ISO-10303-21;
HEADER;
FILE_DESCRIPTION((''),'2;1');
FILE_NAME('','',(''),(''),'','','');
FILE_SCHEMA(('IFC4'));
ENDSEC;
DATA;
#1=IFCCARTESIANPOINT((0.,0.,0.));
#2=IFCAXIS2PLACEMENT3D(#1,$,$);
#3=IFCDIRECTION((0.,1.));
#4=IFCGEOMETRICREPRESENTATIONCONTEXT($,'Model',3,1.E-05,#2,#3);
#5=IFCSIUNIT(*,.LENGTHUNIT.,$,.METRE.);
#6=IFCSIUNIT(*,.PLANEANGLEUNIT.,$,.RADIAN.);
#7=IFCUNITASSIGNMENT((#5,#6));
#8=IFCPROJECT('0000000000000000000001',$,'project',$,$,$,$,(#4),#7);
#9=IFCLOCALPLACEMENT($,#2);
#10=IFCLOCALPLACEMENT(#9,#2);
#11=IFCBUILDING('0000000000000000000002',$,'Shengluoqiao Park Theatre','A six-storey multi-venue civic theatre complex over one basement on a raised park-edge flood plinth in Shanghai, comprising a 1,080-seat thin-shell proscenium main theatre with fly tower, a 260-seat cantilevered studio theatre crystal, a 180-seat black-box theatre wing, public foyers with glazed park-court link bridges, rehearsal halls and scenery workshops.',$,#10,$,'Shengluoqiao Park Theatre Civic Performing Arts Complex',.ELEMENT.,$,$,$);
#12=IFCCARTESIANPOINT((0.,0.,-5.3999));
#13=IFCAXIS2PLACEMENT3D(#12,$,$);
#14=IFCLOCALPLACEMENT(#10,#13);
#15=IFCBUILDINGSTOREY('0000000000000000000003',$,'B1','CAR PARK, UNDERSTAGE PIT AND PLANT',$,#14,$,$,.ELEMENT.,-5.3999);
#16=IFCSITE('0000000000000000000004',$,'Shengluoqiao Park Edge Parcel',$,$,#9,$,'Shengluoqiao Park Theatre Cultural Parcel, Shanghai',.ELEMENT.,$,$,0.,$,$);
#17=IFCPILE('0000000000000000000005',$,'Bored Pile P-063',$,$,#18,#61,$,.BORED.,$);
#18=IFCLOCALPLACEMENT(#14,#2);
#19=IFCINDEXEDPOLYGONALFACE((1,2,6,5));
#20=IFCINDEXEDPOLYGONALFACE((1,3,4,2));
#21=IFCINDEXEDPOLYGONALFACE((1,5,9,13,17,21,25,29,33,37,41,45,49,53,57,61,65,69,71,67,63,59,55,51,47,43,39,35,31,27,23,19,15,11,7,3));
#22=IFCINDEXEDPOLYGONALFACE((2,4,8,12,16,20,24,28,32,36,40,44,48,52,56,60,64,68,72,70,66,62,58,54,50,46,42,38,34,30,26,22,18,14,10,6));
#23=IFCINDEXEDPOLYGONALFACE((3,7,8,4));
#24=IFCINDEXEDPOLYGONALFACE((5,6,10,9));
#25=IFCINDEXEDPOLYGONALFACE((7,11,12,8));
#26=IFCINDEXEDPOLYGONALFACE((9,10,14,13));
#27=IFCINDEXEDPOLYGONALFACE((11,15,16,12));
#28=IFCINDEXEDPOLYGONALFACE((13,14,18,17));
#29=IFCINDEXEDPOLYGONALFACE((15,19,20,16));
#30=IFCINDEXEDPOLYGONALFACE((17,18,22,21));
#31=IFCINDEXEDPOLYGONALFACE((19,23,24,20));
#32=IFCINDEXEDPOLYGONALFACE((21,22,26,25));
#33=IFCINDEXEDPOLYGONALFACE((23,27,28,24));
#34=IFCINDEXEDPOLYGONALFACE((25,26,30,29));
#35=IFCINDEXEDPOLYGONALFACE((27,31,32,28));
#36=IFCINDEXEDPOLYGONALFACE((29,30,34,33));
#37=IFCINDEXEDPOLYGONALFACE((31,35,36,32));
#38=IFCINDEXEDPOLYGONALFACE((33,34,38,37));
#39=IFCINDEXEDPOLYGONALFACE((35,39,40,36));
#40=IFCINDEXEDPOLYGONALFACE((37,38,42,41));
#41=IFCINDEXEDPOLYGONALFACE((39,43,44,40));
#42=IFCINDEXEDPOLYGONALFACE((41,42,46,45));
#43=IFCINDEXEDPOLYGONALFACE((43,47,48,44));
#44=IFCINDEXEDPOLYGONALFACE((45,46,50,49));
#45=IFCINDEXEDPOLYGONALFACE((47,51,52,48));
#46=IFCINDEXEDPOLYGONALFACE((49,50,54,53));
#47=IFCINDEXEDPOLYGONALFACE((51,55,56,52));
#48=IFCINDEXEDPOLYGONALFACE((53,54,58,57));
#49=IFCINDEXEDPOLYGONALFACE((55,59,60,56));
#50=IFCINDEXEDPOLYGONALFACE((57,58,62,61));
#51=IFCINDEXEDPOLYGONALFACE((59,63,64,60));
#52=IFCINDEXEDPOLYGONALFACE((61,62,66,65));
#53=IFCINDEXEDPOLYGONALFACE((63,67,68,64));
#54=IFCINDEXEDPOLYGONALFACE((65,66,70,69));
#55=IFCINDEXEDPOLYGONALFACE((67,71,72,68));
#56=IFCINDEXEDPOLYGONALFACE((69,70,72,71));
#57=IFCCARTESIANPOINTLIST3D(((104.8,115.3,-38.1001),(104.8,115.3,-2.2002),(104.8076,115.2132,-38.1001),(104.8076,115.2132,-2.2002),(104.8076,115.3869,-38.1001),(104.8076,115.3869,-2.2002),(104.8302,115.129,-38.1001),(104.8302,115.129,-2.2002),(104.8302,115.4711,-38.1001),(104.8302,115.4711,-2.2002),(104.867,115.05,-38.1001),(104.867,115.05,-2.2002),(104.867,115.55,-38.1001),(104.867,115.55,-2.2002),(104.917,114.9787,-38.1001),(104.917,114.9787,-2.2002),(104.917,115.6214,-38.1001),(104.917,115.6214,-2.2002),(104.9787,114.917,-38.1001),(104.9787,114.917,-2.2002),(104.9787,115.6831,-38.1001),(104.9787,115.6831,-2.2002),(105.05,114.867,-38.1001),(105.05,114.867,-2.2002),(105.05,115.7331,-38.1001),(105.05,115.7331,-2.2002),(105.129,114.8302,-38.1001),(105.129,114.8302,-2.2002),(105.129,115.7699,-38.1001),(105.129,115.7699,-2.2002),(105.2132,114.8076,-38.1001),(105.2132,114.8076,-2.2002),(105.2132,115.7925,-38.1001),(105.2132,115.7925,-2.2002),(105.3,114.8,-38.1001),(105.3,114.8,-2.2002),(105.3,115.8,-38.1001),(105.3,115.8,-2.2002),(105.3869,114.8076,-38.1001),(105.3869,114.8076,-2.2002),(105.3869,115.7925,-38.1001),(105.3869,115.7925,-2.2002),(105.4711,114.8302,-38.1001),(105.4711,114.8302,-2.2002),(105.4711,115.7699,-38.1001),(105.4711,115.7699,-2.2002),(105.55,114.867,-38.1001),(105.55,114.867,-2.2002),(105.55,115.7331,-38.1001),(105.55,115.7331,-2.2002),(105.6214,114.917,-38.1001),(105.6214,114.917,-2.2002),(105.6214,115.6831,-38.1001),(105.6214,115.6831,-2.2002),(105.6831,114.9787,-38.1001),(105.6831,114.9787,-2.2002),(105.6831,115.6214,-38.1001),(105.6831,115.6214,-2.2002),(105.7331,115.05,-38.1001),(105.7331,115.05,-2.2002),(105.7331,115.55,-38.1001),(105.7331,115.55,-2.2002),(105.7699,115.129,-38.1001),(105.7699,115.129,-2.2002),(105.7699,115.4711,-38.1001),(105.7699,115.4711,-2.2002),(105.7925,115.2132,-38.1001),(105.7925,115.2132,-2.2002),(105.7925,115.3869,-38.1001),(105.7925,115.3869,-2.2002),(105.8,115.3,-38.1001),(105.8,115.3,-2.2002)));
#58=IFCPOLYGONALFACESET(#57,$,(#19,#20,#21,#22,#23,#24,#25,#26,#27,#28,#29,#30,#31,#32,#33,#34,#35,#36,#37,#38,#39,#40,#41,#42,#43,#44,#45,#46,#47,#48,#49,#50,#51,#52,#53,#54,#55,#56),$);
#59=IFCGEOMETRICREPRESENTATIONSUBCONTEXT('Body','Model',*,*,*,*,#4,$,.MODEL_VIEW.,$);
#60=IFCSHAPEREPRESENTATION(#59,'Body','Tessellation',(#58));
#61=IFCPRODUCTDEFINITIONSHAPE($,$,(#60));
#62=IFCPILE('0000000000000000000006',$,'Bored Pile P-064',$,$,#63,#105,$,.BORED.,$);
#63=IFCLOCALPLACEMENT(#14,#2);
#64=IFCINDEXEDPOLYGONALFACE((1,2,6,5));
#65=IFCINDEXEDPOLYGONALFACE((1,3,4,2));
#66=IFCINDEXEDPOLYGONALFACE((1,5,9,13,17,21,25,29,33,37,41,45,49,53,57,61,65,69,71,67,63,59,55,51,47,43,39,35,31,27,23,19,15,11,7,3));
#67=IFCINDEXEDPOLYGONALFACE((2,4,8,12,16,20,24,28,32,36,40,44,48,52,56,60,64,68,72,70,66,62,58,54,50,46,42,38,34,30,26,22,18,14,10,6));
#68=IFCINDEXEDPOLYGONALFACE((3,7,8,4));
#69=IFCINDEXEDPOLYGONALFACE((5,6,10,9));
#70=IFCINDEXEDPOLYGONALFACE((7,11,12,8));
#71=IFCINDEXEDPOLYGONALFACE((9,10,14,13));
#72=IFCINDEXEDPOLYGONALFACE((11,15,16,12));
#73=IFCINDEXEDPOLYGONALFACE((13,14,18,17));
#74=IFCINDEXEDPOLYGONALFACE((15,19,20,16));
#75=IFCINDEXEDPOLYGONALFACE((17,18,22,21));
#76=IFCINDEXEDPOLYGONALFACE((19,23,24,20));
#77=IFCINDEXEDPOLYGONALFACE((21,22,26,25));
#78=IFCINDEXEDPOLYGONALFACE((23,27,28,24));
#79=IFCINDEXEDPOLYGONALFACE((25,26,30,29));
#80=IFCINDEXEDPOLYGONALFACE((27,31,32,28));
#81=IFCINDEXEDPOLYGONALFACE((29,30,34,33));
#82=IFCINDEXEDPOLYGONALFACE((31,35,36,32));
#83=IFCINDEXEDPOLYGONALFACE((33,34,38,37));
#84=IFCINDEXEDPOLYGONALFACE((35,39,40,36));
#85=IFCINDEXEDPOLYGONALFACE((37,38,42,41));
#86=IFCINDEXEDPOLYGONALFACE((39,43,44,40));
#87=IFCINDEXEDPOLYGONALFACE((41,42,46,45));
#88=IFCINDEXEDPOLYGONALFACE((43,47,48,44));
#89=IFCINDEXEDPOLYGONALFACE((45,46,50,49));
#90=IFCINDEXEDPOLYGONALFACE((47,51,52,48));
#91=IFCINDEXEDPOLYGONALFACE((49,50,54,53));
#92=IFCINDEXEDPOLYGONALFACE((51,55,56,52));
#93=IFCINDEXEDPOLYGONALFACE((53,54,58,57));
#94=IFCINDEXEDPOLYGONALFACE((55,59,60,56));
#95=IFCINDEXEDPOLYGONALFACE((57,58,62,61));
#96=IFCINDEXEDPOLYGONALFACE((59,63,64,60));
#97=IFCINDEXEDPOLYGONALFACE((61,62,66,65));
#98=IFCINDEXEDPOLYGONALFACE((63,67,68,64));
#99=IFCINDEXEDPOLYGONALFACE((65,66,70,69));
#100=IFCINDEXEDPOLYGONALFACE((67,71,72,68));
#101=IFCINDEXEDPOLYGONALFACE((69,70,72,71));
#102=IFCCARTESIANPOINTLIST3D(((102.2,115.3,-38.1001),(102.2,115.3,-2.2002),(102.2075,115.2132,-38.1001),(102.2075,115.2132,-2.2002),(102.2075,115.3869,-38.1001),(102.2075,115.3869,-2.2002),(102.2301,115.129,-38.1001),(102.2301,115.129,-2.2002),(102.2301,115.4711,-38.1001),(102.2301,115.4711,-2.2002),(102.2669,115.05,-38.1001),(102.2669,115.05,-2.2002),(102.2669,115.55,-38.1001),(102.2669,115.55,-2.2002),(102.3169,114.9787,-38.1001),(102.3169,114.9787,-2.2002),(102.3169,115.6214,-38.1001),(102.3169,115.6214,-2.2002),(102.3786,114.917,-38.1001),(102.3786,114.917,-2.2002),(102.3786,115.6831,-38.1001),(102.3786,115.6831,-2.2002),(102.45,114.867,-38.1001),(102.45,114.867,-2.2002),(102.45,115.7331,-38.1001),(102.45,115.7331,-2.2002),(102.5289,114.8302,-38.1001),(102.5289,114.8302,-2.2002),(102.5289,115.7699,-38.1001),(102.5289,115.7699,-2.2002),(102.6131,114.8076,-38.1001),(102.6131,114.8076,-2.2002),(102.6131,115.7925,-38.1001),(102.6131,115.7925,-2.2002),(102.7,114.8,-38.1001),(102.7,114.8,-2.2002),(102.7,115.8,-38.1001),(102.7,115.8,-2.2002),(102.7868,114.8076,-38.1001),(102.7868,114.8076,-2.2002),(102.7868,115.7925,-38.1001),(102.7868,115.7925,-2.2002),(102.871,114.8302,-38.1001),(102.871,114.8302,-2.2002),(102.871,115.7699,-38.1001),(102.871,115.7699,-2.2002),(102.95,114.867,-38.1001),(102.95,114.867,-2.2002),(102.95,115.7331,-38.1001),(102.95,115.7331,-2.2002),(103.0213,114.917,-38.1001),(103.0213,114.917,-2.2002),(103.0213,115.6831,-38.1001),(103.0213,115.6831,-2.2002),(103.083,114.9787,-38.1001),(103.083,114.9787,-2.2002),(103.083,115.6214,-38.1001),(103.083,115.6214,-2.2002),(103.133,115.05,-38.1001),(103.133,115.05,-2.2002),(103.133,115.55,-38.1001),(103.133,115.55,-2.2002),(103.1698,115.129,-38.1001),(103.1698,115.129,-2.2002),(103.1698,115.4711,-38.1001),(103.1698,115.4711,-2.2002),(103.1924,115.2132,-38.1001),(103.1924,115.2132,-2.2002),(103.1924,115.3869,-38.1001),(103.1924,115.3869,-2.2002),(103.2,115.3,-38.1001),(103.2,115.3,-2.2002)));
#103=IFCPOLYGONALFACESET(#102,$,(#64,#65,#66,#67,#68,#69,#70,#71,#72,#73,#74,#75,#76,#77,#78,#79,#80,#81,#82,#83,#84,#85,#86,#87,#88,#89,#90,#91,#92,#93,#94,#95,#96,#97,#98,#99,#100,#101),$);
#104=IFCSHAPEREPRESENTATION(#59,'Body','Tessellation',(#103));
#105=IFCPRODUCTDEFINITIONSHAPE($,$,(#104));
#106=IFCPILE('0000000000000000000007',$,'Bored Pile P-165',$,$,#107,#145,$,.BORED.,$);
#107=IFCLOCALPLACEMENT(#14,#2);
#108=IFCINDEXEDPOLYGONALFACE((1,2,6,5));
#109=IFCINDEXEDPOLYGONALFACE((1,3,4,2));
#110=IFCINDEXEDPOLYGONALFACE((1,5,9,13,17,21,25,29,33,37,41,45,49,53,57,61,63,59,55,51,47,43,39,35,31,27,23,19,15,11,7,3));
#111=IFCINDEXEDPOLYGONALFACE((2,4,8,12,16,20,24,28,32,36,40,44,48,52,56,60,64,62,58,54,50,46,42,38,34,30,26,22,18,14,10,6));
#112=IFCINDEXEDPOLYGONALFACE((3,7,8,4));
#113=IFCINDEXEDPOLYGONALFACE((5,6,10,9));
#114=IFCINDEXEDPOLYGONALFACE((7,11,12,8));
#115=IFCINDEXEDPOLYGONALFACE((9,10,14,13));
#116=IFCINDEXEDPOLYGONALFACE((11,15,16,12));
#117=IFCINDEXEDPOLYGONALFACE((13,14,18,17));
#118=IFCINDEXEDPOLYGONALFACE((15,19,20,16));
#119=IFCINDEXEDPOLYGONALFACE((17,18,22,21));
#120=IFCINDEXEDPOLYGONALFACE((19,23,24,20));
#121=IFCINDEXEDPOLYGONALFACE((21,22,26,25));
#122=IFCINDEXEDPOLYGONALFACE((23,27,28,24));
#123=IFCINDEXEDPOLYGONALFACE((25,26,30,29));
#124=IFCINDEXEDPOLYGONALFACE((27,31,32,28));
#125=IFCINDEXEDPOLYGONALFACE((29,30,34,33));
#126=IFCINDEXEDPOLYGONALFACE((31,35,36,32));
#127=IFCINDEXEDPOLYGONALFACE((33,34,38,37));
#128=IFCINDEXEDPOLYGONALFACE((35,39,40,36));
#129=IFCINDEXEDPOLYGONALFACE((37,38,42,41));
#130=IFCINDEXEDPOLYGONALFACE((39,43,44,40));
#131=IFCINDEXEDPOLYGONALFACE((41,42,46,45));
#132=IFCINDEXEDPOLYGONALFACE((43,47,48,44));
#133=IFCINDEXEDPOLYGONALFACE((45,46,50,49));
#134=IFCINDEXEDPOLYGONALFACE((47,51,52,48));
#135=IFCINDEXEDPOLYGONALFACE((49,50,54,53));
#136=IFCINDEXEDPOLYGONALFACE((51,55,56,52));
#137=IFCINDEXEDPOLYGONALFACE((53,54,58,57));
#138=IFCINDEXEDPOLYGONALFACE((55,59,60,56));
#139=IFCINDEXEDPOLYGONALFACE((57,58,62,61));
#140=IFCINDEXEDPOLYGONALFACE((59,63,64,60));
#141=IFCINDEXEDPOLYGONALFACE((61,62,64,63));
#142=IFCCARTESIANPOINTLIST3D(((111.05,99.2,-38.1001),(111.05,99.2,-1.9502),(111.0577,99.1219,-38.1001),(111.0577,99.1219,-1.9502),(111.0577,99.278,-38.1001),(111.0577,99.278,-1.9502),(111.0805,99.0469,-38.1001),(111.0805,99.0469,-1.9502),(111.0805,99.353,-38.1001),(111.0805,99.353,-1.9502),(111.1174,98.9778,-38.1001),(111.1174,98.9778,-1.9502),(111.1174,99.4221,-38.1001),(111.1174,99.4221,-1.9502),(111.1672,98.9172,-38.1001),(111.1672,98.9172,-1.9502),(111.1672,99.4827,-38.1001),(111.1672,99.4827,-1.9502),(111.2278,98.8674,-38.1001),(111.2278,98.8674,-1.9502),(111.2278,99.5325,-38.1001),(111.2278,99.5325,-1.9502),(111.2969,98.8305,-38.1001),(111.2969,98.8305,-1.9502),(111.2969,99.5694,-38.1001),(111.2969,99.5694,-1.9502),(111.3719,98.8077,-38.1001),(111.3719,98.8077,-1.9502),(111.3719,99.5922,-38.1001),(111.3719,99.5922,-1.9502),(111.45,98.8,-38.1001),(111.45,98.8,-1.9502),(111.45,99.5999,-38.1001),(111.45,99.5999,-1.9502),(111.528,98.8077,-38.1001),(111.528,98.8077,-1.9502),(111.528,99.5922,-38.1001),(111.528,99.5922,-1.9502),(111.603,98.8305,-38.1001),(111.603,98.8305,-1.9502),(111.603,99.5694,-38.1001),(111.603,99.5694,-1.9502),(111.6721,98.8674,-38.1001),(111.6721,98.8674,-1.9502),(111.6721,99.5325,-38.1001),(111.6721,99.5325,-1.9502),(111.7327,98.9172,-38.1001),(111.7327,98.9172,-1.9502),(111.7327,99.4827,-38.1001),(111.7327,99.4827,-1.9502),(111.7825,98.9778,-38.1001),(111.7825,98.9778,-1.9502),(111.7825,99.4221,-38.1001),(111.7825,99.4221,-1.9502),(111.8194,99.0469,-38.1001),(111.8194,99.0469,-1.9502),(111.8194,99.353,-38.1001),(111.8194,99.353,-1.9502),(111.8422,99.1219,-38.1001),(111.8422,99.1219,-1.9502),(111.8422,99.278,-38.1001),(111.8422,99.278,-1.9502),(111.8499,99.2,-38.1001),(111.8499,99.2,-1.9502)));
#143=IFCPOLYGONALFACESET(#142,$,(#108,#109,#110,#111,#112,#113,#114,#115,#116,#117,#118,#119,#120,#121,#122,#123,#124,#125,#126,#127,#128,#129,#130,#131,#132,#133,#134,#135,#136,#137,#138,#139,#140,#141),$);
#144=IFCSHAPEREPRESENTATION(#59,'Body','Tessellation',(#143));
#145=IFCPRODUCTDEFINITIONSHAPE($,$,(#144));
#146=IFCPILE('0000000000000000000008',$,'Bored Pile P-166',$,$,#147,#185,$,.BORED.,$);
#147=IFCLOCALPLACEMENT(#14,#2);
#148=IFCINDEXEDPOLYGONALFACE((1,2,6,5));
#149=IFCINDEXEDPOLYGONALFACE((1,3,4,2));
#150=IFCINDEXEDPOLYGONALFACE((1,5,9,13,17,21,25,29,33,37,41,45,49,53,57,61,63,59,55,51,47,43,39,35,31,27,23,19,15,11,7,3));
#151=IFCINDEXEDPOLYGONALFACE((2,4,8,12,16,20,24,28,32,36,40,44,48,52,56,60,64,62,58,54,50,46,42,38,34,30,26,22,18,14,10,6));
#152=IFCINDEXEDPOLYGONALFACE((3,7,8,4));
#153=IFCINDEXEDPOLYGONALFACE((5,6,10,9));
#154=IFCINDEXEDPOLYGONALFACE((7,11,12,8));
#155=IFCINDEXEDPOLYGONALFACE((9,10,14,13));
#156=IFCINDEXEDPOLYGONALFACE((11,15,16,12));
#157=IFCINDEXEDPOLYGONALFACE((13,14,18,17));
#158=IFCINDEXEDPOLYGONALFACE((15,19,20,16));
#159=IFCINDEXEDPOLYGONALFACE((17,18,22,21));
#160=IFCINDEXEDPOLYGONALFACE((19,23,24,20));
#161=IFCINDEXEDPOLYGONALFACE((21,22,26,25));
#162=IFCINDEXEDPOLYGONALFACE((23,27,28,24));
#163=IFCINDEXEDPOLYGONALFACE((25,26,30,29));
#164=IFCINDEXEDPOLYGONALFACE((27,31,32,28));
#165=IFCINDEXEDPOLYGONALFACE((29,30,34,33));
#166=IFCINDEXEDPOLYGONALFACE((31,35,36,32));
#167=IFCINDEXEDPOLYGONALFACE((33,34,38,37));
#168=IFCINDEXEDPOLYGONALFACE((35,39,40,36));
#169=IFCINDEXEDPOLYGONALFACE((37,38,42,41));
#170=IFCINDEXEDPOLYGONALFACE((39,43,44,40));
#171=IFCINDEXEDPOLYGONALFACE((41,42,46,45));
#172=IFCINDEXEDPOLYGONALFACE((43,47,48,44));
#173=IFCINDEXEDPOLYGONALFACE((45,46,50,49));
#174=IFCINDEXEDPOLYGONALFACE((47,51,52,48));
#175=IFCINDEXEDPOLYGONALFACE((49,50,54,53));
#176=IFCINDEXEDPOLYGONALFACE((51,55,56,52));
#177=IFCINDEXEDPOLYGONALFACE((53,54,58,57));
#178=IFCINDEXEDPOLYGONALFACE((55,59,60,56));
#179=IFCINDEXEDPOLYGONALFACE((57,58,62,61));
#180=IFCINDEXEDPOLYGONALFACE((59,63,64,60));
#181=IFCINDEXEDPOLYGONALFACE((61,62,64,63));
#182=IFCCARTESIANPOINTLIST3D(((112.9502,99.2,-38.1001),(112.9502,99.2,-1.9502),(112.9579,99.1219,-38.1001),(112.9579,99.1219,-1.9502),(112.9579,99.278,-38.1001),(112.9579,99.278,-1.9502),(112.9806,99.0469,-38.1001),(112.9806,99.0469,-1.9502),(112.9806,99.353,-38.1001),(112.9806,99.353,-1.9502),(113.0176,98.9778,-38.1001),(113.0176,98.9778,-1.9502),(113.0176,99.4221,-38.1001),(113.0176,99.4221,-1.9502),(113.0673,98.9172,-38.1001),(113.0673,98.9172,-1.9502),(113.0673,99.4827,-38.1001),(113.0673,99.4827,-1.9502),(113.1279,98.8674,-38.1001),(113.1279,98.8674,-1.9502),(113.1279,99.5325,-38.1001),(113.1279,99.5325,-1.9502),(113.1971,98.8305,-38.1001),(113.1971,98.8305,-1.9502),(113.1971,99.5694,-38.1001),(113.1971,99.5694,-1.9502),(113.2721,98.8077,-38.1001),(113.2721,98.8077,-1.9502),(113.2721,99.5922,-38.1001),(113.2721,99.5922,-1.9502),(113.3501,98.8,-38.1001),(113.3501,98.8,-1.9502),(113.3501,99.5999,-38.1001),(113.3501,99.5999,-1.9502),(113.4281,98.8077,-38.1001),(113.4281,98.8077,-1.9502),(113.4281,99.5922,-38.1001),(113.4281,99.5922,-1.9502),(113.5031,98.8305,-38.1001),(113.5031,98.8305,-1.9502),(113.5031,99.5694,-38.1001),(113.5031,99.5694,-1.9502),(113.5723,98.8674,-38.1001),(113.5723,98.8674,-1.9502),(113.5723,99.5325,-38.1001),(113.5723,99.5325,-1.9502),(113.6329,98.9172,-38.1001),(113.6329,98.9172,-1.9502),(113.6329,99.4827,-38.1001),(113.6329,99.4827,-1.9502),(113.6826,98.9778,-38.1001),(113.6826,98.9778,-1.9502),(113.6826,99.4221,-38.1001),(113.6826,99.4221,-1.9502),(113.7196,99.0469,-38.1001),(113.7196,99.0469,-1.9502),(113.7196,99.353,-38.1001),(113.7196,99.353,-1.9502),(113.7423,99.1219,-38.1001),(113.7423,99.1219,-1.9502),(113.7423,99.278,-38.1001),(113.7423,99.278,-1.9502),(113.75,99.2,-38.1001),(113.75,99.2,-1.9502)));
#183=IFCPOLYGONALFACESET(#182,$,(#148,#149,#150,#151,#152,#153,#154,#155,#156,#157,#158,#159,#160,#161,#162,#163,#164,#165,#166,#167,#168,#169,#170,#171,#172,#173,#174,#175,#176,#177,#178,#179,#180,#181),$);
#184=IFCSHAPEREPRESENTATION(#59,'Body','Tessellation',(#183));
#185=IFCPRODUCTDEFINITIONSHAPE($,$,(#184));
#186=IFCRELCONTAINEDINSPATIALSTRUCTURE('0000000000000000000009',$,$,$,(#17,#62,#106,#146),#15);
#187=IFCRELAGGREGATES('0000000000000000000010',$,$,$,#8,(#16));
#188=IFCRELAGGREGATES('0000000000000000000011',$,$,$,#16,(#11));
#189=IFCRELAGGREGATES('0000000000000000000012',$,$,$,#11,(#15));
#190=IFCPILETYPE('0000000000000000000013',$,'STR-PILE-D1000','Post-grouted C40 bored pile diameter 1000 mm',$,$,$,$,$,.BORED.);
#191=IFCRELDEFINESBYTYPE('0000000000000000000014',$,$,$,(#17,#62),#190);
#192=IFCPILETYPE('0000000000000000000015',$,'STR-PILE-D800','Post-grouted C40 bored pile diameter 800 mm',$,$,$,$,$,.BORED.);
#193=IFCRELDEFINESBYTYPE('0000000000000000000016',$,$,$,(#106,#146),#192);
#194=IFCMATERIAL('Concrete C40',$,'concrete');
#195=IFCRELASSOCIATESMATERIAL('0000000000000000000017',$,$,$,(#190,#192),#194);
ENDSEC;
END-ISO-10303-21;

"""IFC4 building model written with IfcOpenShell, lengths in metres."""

from ifc_helpers import new_model, si_unit, direction, frame, origin, origin_2d, place, context, subcontext, project, spatial, circle, extrude, material, material_profile, profile_set, type_object, element, save


model = new_model("IFC4")

# Units and contexts
model_context = context("Model", 3, precision=1e-05, world=origin(), true_north=direction((0.0, 1.0)))
body_context = subcontext(model_context, "Body", "Model", "MODEL_VIEW")
ifc_project = project(units=[si_unit("LENGTHUNIT", "METRE"), si_unit("PLANEANGLEUNIT", "RADIAN")], contexts=[model_context])

# Site, building, storey
site_placement = place(None, origin())
site = spatial("IfcSite", under=ifc_project, at=site_placement, Name="Shengluoqiao Park Edge Parcel", LongName="Shengluoqiao Park Theatre Cultural Parcel, Shanghai", CompositionType="ELEMENT", RefElevation=0.0)
building_placement = place(site_placement, origin())
building = spatial("IfcBuilding", under=site, at=building_placement, Name="Shengluoqiao Park Theatre", Description="A six-storey multi-venue civic theatre complex over one basement on a raised park-edge flood plinth in Shanghai, comprising a 1,080-seat thin-shell proscenium main theatre with fly tower, a 260-seat cantilevered studio theatre crystal, a 180-seat black-box theatre wing, public foyers with glazed park-court link bridges, rehearsal halls and scenery workshops.", LongName="Shengluoqiao Park Theatre Civic Performing Arts Complex", CompositionType="ELEMENT")
storey_placement = place(building_placement, frame((0.0, 0.0, -5.3999)))
storey = spatial("IfcBuildingStorey", under=building, at=storey_placement, Name="B1", Description="CAR PARK, UNDERSTAGE PIT AND PLANT", CompositionType="ELEMENT", Elevation=-5.3999)

# Shared definitions
ifc_material_1 = material(Name="Concrete C40", Category="concrete")

# Piles
ifc_material_profile_1 = material_profile(ifc_material_1, circle(Radius=0.5, at=origin_2d()), Name="BORED PILE D1000")
ifc_profile_set_1 = profile_set([ifc_material_profile_1], Name="Concrete C40")
pile_type_1 = type_object("IfcPileType", Name="STR-PILE-D1000", Description="Post-grouted C40 bored pile diameter 1000 mm", PredefinedType="BORED", material=ifc_profile_set_1)
for number, where, z_axis, x_axis, name in (
    (1, (105.3, 115.3, -2.2002), (0.0, 0.0, -1.0), (1.0, 0.0, 0.0), "Bored Pile P-063"),
    (2, (102.7, 115.3, -2.2002), (0.0, 0.0, -1.0), (1.0, 0.0, 0.0), "Bored Pile P-064"),
):
    element("IfcPile", number, at=place(storey_placement, frame(where, z_axis=z_axis, x_axis=x_axis)), inside=storey, type_object=pile_type_1, Name=name, PredefinedType="BORED", context=body_context, shape_type="SweptSolid", body=[
        extrude(circle(Radius=0.5, at=origin_2d()), origin(), (0.0, 0.0, 1.0), 35.8999),
    ])
ifc_material_profile_2 = material_profile(ifc_material_1, circle(Radius=0.3999, at=origin_2d()), Name="BORED PILE D800")
ifc_profile_set_2 = profile_set([ifc_material_profile_2], Name="Concrete C40")
pile_type_2 = type_object("IfcPileType", Name="STR-PILE-D800", Description="Post-grouted C40 bored pile diameter 800 mm", PredefinedType="BORED", material=ifc_profile_set_2)
for number, where, z_axis, x_axis, name in (
    (3, (111.45, 99.2, -1.9502), (0.0, 0.0, -1.0), (1.0, 0.0, 0.0), "Bored Pile P-165"),
    (4, (113.3501, 99.2, -1.9502), (0.0, 0.0, -1.0), (1.0, 0.0, 0.0), "Bored Pile P-166"),
):
    element("IfcPile", number, at=place(storey_placement, frame(where, z_axis=z_axis, x_axis=x_axis)), inside=storey, type_object=pile_type_2, Name=name, PredefinedType="BORED", context=body_context, shape_type="SweptSolid", body=[
        extrude(circle(Radius=0.3999, at=origin_2d()), origin(), (0.0, 0.0, 1.0), 36.1499),
    ])

save(model, "model.ifc")
